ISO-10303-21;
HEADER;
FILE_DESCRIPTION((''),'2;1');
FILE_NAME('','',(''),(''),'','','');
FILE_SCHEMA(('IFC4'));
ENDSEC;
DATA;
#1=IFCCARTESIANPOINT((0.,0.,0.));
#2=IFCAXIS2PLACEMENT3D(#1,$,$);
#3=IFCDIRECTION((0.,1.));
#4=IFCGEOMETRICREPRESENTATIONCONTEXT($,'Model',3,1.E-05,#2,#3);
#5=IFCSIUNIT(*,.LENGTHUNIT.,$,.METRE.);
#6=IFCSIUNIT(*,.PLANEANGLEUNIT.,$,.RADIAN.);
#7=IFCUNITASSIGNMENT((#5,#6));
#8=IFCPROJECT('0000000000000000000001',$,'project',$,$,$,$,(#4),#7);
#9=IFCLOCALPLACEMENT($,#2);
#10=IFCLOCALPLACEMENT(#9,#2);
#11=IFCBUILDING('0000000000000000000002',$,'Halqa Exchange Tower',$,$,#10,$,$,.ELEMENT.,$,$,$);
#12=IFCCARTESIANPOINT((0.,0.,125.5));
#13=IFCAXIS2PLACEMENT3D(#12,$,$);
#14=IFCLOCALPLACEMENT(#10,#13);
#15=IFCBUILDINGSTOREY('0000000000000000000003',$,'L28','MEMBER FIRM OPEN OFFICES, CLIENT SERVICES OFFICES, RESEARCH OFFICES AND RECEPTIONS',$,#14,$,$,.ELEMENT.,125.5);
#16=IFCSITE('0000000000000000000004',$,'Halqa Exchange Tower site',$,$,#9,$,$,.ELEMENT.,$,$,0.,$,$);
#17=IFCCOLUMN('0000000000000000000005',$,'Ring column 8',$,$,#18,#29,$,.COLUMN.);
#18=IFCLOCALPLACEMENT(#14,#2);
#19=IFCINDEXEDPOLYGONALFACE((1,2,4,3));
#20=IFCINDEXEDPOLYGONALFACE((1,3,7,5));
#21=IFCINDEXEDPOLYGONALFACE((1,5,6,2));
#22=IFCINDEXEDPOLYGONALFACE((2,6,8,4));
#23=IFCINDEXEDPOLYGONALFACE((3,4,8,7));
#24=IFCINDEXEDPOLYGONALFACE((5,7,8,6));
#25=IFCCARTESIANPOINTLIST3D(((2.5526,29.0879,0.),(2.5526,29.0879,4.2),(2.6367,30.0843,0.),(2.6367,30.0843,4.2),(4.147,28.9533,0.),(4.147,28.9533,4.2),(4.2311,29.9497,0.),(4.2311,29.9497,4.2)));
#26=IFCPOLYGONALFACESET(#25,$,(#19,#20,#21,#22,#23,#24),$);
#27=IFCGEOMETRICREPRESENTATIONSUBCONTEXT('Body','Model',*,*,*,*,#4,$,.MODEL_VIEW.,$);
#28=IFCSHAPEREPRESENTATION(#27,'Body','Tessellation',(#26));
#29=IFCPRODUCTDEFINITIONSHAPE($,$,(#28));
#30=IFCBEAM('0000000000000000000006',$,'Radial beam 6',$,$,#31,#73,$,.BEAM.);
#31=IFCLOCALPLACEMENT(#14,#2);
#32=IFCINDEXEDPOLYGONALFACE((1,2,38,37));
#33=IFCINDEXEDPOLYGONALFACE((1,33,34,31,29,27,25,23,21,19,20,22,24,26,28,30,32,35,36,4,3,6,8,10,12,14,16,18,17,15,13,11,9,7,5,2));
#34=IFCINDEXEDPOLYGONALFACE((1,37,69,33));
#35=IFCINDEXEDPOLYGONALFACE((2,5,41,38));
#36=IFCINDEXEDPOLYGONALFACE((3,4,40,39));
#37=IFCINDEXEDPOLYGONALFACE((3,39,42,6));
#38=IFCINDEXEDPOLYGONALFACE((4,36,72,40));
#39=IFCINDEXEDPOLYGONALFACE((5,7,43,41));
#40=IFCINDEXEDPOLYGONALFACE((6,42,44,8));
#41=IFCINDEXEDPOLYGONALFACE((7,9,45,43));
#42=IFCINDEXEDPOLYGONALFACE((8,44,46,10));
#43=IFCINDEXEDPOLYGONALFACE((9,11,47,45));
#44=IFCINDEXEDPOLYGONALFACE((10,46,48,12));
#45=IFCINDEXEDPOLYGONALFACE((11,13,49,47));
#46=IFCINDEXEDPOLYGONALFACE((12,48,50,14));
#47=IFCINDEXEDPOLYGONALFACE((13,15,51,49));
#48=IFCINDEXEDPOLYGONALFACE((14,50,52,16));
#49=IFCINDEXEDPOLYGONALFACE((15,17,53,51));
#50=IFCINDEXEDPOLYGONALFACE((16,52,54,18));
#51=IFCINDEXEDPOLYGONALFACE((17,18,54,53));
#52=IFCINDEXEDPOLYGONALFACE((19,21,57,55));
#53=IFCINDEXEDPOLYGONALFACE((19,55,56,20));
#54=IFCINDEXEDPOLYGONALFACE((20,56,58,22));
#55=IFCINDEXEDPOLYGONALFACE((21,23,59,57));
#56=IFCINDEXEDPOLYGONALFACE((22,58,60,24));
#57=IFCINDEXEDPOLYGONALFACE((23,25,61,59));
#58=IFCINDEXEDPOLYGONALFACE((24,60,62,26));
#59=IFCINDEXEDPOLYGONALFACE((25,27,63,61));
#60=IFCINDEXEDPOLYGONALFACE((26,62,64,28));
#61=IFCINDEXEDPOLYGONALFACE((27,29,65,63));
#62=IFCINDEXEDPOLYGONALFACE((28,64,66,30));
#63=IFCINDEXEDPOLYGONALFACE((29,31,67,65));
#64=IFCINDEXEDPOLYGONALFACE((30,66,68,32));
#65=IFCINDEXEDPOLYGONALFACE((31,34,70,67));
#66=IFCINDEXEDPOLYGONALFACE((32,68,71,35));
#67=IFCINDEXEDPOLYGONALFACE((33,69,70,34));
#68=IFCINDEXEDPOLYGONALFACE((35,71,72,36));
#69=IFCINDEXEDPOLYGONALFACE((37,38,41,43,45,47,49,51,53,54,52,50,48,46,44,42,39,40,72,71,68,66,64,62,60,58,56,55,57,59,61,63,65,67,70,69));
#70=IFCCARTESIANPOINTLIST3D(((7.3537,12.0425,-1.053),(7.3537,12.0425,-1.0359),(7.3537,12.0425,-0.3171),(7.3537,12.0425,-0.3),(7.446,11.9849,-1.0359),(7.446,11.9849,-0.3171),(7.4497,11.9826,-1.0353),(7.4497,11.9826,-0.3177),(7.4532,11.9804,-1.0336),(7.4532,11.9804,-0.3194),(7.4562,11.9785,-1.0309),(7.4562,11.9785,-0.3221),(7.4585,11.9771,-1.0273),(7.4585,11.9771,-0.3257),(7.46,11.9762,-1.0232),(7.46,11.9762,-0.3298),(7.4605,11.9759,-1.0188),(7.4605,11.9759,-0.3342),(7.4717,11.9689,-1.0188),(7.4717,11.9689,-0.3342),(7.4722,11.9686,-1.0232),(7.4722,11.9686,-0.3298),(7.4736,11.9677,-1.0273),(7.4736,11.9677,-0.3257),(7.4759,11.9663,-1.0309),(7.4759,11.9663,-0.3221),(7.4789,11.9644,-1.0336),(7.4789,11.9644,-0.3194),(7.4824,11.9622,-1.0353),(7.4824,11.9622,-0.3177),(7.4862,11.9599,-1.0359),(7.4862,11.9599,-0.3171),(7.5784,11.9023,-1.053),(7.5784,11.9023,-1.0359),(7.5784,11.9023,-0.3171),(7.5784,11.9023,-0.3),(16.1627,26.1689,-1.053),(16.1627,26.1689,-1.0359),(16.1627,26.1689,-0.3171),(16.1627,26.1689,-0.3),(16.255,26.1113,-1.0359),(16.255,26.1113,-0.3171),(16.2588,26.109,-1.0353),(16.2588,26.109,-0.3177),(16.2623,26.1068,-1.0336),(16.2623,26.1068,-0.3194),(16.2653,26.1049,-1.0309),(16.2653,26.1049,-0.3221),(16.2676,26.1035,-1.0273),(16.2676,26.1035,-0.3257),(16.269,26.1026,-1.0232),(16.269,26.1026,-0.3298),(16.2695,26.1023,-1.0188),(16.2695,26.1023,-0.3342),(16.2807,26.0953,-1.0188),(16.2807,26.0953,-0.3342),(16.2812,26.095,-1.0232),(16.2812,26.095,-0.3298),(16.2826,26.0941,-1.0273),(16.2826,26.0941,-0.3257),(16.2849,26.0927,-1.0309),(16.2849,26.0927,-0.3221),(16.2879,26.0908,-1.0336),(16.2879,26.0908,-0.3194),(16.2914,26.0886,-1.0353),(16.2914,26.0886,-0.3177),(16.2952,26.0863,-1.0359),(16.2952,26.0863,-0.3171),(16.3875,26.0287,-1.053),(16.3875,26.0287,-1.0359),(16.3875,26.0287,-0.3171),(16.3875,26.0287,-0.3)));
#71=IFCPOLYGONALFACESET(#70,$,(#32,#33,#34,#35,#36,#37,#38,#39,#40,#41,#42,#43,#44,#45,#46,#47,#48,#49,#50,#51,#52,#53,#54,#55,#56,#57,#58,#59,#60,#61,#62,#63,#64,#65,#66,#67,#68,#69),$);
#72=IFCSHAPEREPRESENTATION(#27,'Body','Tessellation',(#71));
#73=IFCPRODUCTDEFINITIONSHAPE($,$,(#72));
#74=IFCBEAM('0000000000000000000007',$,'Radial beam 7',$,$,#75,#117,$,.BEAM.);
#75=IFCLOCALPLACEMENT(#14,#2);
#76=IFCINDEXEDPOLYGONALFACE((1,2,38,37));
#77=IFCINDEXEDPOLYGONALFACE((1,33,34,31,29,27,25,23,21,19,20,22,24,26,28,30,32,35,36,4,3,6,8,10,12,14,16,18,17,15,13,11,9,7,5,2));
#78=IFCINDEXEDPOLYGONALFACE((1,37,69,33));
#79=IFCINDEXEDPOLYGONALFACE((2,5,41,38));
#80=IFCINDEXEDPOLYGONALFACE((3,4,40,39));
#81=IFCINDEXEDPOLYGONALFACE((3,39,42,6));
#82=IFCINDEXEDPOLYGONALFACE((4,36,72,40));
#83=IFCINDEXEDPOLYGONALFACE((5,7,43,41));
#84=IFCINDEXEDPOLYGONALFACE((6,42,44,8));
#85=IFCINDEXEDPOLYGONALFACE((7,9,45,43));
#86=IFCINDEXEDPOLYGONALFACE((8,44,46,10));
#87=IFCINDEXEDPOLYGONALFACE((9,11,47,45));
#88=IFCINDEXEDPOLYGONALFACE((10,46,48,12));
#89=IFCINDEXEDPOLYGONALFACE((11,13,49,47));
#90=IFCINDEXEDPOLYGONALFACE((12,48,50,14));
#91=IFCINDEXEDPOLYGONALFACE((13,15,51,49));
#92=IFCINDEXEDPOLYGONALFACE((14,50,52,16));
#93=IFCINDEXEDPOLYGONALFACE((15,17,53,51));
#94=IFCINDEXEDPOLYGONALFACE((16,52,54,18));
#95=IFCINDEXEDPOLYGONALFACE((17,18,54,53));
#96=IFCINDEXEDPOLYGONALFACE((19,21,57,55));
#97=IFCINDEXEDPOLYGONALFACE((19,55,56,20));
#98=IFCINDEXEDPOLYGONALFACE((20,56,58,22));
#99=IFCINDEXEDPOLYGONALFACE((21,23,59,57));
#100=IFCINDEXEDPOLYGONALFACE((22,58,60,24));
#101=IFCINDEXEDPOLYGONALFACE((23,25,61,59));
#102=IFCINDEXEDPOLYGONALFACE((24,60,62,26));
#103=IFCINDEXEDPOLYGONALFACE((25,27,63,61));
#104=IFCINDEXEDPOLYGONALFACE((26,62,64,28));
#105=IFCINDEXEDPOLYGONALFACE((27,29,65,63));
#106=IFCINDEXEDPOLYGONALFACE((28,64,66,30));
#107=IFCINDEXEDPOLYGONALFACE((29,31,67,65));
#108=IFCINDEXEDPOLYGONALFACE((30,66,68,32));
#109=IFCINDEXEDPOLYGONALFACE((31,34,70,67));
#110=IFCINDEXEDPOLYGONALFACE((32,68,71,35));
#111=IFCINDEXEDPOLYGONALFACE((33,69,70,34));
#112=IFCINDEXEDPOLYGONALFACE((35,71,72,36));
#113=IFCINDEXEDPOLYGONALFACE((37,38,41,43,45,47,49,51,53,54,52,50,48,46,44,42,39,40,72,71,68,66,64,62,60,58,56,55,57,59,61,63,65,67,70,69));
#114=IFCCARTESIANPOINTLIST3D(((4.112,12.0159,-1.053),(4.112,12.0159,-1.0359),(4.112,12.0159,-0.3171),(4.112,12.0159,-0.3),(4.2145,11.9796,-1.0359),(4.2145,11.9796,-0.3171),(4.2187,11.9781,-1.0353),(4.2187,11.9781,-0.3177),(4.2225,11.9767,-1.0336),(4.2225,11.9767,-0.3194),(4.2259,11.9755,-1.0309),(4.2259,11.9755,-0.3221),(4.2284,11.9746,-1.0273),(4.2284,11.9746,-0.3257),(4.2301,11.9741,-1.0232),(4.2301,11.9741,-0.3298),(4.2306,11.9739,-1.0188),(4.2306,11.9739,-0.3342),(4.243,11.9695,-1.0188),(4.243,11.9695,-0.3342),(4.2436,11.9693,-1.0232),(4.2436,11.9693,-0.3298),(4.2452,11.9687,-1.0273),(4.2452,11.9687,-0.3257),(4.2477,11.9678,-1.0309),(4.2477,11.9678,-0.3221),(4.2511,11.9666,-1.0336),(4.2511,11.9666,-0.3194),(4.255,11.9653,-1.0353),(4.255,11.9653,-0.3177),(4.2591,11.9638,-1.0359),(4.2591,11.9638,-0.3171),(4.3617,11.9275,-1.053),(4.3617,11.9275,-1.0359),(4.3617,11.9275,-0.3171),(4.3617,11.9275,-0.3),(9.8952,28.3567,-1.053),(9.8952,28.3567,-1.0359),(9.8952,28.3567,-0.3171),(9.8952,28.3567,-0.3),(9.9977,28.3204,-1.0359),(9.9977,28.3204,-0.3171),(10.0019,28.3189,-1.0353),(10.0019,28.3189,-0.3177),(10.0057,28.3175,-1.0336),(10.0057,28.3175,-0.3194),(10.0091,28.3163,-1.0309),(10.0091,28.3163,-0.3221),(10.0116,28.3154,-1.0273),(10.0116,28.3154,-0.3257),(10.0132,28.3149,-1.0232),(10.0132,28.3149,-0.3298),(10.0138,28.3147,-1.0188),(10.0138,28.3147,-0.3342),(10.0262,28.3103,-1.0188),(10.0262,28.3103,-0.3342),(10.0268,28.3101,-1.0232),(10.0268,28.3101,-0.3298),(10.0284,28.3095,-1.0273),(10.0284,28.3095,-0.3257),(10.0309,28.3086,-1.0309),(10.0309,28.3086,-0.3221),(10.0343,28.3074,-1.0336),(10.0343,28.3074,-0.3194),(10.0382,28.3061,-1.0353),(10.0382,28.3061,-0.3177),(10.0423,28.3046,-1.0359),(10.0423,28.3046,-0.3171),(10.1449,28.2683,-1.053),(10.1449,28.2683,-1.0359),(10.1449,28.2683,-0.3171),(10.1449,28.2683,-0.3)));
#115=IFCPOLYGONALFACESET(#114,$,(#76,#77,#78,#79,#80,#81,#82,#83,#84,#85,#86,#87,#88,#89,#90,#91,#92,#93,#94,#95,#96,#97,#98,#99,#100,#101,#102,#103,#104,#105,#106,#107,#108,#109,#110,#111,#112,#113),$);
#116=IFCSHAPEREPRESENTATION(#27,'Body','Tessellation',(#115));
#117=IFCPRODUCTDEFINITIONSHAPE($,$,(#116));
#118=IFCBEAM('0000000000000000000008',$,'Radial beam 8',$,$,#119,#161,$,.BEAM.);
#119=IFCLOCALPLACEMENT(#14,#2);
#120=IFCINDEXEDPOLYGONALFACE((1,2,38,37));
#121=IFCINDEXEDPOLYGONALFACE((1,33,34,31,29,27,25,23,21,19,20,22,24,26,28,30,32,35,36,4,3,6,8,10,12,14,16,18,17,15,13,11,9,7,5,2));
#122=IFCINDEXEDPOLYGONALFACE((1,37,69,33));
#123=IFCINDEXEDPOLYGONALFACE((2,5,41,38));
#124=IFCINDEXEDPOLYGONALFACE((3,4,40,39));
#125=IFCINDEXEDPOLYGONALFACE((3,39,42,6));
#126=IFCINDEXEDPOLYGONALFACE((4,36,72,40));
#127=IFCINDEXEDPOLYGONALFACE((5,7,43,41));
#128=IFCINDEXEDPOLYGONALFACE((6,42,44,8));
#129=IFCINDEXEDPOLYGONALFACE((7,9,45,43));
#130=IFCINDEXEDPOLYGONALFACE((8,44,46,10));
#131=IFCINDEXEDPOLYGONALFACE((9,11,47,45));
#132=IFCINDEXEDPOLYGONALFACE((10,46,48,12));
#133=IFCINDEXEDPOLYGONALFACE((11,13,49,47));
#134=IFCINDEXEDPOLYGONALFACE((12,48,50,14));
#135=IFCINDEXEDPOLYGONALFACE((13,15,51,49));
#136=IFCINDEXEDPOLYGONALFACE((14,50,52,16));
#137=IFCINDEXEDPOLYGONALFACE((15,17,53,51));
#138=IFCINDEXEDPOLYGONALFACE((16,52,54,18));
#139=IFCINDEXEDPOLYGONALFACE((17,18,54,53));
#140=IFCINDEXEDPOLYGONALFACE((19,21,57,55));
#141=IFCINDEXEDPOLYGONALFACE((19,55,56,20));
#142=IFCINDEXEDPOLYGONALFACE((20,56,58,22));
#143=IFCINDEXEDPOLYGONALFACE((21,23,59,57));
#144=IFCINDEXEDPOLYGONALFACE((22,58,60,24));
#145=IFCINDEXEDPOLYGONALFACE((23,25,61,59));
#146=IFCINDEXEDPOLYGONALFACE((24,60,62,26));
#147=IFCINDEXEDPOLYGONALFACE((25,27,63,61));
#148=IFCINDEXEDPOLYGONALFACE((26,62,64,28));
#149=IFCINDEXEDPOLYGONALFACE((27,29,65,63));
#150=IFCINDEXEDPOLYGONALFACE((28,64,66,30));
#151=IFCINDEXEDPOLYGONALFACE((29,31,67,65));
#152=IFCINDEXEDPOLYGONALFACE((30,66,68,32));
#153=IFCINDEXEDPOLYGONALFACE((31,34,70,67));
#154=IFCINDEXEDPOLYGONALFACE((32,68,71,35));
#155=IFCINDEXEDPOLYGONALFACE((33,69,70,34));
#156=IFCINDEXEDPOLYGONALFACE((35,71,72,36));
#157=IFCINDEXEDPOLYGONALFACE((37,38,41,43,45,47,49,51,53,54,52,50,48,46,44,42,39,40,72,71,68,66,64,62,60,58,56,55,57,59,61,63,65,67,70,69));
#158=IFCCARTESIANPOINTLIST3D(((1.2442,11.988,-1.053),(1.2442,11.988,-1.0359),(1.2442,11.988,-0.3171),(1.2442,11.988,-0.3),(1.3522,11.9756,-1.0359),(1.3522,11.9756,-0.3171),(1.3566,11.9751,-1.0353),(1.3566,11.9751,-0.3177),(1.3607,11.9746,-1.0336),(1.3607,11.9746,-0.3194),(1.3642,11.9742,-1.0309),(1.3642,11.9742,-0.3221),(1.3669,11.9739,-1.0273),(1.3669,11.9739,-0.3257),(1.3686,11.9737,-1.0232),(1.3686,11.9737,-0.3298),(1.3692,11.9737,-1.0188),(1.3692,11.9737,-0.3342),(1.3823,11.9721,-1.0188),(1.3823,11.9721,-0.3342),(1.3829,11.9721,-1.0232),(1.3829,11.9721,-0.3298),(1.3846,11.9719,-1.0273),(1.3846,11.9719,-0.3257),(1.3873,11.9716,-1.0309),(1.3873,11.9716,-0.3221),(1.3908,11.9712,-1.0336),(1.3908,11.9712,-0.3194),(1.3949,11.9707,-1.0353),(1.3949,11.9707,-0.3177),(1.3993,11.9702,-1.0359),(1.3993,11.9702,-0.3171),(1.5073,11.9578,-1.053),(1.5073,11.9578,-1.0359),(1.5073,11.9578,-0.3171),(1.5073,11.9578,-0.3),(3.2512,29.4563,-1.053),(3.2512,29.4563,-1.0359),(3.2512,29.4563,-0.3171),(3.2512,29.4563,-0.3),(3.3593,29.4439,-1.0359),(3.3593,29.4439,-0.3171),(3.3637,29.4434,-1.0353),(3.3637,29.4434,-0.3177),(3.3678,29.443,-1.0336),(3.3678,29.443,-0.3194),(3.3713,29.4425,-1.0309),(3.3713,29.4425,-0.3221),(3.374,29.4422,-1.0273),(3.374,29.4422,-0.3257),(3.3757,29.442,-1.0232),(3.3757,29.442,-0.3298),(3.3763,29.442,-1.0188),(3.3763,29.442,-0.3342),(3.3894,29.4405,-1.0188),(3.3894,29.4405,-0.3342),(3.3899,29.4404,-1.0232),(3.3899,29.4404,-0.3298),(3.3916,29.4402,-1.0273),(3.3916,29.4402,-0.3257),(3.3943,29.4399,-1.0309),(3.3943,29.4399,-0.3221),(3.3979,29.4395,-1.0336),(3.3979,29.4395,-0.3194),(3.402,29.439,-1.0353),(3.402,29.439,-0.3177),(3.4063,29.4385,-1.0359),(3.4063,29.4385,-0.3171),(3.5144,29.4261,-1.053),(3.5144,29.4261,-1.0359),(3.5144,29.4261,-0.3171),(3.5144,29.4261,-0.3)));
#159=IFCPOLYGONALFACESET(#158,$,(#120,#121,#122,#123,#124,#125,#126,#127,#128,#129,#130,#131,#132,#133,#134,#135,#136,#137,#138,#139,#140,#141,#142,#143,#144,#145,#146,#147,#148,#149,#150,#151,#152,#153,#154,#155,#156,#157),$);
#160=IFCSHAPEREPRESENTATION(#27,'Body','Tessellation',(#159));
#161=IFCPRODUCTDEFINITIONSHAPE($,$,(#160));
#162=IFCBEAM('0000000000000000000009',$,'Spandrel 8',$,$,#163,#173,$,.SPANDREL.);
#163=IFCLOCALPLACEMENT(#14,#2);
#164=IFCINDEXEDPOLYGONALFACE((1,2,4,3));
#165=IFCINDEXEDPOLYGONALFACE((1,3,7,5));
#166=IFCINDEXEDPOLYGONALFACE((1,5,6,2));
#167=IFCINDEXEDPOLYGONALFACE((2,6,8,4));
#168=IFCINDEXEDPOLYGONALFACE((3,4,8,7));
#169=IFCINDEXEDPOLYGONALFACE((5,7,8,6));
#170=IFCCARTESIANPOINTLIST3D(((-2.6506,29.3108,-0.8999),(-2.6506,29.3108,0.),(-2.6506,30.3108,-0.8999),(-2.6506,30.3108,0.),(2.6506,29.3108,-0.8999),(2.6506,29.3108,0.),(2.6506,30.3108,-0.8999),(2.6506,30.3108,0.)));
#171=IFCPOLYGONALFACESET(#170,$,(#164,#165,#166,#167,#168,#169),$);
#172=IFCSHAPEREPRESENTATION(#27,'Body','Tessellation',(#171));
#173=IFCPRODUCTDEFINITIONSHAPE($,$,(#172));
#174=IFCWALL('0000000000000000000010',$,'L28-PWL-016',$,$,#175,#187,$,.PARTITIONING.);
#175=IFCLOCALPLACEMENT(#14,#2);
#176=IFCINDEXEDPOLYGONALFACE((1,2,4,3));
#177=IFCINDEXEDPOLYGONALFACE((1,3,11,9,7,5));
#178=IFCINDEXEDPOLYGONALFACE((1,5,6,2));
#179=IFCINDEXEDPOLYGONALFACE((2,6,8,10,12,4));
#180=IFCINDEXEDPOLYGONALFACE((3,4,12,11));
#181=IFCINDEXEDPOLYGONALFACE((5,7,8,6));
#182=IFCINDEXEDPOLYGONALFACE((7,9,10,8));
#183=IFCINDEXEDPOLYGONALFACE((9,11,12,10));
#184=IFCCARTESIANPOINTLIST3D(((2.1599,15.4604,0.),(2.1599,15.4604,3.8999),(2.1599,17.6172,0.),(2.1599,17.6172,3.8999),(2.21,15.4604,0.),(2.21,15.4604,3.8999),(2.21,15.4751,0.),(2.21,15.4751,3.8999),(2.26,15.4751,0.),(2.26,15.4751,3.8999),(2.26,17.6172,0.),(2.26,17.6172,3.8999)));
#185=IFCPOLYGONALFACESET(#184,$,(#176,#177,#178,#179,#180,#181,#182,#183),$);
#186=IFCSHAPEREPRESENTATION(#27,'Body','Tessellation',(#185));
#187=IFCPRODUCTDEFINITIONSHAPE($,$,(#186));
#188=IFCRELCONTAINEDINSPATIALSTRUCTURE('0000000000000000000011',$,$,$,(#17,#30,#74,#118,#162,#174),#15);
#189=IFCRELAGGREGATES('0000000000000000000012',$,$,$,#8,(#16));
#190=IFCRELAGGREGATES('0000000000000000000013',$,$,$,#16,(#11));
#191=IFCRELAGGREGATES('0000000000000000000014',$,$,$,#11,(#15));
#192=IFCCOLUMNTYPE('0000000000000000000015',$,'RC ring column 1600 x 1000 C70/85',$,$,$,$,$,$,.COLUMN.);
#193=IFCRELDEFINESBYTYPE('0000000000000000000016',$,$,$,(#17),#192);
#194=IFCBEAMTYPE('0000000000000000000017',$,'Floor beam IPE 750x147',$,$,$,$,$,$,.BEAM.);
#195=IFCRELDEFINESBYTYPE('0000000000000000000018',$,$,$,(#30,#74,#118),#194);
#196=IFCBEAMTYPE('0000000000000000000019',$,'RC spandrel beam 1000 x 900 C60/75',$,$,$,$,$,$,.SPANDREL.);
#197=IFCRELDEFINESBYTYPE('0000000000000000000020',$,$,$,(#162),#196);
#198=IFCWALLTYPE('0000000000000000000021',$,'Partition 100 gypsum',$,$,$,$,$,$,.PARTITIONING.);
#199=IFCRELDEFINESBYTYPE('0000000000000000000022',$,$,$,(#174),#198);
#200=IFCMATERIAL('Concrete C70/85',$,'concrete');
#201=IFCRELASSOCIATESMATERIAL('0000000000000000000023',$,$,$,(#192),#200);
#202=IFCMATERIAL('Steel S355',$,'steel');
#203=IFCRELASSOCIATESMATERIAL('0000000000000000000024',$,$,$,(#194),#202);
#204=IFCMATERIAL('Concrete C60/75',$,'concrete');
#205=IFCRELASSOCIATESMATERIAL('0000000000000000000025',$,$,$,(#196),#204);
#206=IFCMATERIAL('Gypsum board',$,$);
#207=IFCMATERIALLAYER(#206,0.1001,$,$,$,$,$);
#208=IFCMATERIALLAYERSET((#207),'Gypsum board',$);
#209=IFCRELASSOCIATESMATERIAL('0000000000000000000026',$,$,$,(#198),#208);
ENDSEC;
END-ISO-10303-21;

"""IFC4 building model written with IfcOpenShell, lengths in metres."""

from ifc_helpers import new_model, si_unit, direction, frame, origin, origin_2d, place, context, subcontext, project, spatial, polyline, rectangle, i_section, outline, extrude, material, layer, layer_set, material_profile, profile_set, type_object, element, save


model = new_model("IFC4")

# Units and contexts
model_context = context("Model", 3, precision=1e-05, world=origin(), true_north=direction((0.0, 1.0)))
body_context = subcontext(model_context, "Body", "Model", "MODEL_VIEW")
ifc_project = project(units=[si_unit("LENGTHUNIT", "METRE"), si_unit("PLANEANGLEUNIT", "RADIAN")], contexts=[model_context])

# Site, building, storey
site_placement = place(None, origin())
site = spatial("IfcSite", under=ifc_project, at=site_placement, Name="Halqa Exchange Tower site", CompositionType="ELEMENT", RefElevation=0.0)
building_placement = place(site_placement, origin())
building = spatial("IfcBuilding", under=site, at=building_placement, Name="Halqa Exchange Tower", CompositionType="ELEMENT")
storey_placement = place(building_placement, frame((0.0, 0.0, 125.5)))
storey = spatial("IfcBuildingStorey", under=building, at=storey_placement, Name="L28", Description="MEMBER FIRM OPEN OFFICES, CLIENT SERVICES OFFICES, RESEARCH OFFICES AND RECEPTIONS", CompositionType="ELEMENT", Elevation=125.5)

# Column
ifc_material_1 = material(Name="Concrete C70/85", Category="concrete")
ifc_material_profile_1 = material_profile(ifc_material_1, rectangle(XDim=1.6001, YDim=1.0, at=origin_2d()), Name="1600 x 1000")
ifc_profile_set_1 = profile_set([ifc_material_profile_1], Name="Concrete C70/85")
column_type = type_object("IfcColumnType", Name="RC ring column 1600 x 1000 C70/85", PredefinedType="COLUMN", material=ifc_profile_set_1)
column_placement = place(storey_placement, frame((3.3918, 29.5188, 0.0), z_axis=(0.0, 0.0, 1.0), x_axis=(-0.996455, 0.084123, 0.0)))
element("IfcColumn", 1, at=column_placement, inside=storey, type_object=column_type, Name="Ring column 8", PredefinedType="COLUMN", context=body_context, shape_type="SweptSolid", body=[
    extrude(rectangle(XDim=1.6001, YDim=1.0, at=origin_2d()), origin(), (0.0, 0.0, 1.0), 4.2),
])

# Beams
ifc_material_2 = material(Name="Steel S355", Category="steel")
ifc_material_profile_2 = material_profile(ifc_material_2, i_section(OverallWidth=0.2649, OverallDepth=0.7529, WebThickness=0.0132, FlangeThickness=0.0171, FilletRadius=0.0171, at=origin_2d()), Name="IPE 750x147")
ifc_profile_set_2 = profile_set([ifc_material_profile_2], Name="Steel S355")
beam_type_1 = type_object("IfcBeamType", Name="Floor beam IPE 750x147", PredefinedType="BEAM", material=ifc_profile_set_2)
beam_1_placement = place(storey_placement, frame((7.4661, 11.9724, -0.6765), z_axis=(0.529137, 0.848537, 0.0), x_axis=(-0.848537, 0.529137, 0.0)))
element("IfcBeam", 2, at=beam_1_placement, inside=storey, type_object=beam_type_1, Name="Radial beam 6", PredefinedType="BEAM", context=body_context, shape_type="SweptSolid", body=[
    extrude(i_section(OverallWidth=0.2649, OverallDepth=0.7529, WebThickness=0.0132, FlangeThickness=0.0171, FilletRadius=0.0171, at=origin_2d()), origin(), (0.0, 0.0, 1.0), 16.6479),
])
beam_2_placement = place(storey_placement, frame((4.2368, 11.9717, -0.6765), z_axis=(0.333633, 0.942703, 0.0), x_axis=(-0.942703, 0.333633, 0.0)))
element("IfcBeam", 3, at=beam_2_placement, inside=storey, type_object=beam_type_1, Name="Radial beam 7", PredefinedType="BEAM", context=body_context, shape_type="SweptSolid", body=[
    extrude(i_section(OverallWidth=0.2649, OverallDepth=0.7529, WebThickness=0.0132, FlangeThickness=0.0171, FilletRadius=0.0171, at=origin_2d()), origin(), (0.0, 0.0, 1.0), 17.334),
])
beam_3_placement = place(storey_placement, frame((1.3757, 11.9729, -0.6765), z_axis=(0.114148, 0.993464, 0.0), x_axis=(-0.993464, 0.114148, 0.0)))
element("IfcBeam", 4, at=beam_3_placement, inside=storey, type_object=beam_type_1, Name="Radial beam 8", PredefinedType="BEAM", context=body_context, shape_type="SweptSolid", body=[
    extrude(i_section(OverallWidth=0.2649, OverallDepth=0.7529, WebThickness=0.0132, FlangeThickness=0.0171, FilletRadius=0.0171, at=origin_2d()), origin(), (0.0, 0.0, 1.0), 17.5833),
])
ifc_material_3 = material(Name="Concrete C60/75", Category="concrete")
ifc_material_profile_3 = material_profile(ifc_material_3, rectangle(XDim=1.0, YDim=0.8999, at=origin_2d()), Name="1000 x 900")
ifc_profile_set_3 = profile_set([ifc_material_profile_3], Name="Concrete C60/75")
beam_type_2 = type_object("IfcBeamType", Name="RC spandrel beam 1000 x 900 C60/75", PredefinedType="SPANDREL", material=ifc_profile_set_3)
beam_4_placement = place(storey_placement, frame((2.6506, 29.8108, -0.45), z_axis=(-1.0, 0.0, 0.0), x_axis=(0.0, -1.0, 0.0)))
element("IfcBeam", 5, at=beam_4_placement, inside=storey, type_object=beam_type_2, Name="Spandrel 8", PredefinedType="SPANDREL", context=body_context, shape_type="SweptSolid", body=[
    extrude(rectangle(XDim=1.0, YDim=0.8999, at=origin_2d()), origin(), (0.0, 0.0, 1.0), 5.3013),
])

# Wall
ifc_material_4 = material(Name="Gypsum board")
ifc_layer_1 = layer(ifc_material_4, 0.1001)
ifc_layer_set_1 = layer_set([ifc_layer_1], Name="Gypsum board")
wall_type_1 = type_object("IfcWallType", Name="Partition 100 gypsum", PredefinedType="PARTITIONING", material=ifc_layer_set_1)
wall_1_placement = place(storey_placement, frame((2.21, 15.4604, 0.0), z_axis=(0.0, 0.0, 1.0), x_axis=(0.0, 1.0, 0.0)))
element("IfcWall", 6, at=wall_1_placement, inside=storey, type_object=wall_type_1, Name="L28-PWL-016", PredefinedType="PARTITIONING", context=body_context, shape_type="SweptSolid", body=[
    extrude(outline(polyline([(0.0, 0.05), (0.0, 0.0), (0.0146, 0.0), (0.0146, -0.05), (2.1567, -0.05), (2.1567, 0.05), (0.0, 0.05)])), origin(), (0.0, 0.0, 1.0), 3.8999),
])

save(model, "model.ifc")
